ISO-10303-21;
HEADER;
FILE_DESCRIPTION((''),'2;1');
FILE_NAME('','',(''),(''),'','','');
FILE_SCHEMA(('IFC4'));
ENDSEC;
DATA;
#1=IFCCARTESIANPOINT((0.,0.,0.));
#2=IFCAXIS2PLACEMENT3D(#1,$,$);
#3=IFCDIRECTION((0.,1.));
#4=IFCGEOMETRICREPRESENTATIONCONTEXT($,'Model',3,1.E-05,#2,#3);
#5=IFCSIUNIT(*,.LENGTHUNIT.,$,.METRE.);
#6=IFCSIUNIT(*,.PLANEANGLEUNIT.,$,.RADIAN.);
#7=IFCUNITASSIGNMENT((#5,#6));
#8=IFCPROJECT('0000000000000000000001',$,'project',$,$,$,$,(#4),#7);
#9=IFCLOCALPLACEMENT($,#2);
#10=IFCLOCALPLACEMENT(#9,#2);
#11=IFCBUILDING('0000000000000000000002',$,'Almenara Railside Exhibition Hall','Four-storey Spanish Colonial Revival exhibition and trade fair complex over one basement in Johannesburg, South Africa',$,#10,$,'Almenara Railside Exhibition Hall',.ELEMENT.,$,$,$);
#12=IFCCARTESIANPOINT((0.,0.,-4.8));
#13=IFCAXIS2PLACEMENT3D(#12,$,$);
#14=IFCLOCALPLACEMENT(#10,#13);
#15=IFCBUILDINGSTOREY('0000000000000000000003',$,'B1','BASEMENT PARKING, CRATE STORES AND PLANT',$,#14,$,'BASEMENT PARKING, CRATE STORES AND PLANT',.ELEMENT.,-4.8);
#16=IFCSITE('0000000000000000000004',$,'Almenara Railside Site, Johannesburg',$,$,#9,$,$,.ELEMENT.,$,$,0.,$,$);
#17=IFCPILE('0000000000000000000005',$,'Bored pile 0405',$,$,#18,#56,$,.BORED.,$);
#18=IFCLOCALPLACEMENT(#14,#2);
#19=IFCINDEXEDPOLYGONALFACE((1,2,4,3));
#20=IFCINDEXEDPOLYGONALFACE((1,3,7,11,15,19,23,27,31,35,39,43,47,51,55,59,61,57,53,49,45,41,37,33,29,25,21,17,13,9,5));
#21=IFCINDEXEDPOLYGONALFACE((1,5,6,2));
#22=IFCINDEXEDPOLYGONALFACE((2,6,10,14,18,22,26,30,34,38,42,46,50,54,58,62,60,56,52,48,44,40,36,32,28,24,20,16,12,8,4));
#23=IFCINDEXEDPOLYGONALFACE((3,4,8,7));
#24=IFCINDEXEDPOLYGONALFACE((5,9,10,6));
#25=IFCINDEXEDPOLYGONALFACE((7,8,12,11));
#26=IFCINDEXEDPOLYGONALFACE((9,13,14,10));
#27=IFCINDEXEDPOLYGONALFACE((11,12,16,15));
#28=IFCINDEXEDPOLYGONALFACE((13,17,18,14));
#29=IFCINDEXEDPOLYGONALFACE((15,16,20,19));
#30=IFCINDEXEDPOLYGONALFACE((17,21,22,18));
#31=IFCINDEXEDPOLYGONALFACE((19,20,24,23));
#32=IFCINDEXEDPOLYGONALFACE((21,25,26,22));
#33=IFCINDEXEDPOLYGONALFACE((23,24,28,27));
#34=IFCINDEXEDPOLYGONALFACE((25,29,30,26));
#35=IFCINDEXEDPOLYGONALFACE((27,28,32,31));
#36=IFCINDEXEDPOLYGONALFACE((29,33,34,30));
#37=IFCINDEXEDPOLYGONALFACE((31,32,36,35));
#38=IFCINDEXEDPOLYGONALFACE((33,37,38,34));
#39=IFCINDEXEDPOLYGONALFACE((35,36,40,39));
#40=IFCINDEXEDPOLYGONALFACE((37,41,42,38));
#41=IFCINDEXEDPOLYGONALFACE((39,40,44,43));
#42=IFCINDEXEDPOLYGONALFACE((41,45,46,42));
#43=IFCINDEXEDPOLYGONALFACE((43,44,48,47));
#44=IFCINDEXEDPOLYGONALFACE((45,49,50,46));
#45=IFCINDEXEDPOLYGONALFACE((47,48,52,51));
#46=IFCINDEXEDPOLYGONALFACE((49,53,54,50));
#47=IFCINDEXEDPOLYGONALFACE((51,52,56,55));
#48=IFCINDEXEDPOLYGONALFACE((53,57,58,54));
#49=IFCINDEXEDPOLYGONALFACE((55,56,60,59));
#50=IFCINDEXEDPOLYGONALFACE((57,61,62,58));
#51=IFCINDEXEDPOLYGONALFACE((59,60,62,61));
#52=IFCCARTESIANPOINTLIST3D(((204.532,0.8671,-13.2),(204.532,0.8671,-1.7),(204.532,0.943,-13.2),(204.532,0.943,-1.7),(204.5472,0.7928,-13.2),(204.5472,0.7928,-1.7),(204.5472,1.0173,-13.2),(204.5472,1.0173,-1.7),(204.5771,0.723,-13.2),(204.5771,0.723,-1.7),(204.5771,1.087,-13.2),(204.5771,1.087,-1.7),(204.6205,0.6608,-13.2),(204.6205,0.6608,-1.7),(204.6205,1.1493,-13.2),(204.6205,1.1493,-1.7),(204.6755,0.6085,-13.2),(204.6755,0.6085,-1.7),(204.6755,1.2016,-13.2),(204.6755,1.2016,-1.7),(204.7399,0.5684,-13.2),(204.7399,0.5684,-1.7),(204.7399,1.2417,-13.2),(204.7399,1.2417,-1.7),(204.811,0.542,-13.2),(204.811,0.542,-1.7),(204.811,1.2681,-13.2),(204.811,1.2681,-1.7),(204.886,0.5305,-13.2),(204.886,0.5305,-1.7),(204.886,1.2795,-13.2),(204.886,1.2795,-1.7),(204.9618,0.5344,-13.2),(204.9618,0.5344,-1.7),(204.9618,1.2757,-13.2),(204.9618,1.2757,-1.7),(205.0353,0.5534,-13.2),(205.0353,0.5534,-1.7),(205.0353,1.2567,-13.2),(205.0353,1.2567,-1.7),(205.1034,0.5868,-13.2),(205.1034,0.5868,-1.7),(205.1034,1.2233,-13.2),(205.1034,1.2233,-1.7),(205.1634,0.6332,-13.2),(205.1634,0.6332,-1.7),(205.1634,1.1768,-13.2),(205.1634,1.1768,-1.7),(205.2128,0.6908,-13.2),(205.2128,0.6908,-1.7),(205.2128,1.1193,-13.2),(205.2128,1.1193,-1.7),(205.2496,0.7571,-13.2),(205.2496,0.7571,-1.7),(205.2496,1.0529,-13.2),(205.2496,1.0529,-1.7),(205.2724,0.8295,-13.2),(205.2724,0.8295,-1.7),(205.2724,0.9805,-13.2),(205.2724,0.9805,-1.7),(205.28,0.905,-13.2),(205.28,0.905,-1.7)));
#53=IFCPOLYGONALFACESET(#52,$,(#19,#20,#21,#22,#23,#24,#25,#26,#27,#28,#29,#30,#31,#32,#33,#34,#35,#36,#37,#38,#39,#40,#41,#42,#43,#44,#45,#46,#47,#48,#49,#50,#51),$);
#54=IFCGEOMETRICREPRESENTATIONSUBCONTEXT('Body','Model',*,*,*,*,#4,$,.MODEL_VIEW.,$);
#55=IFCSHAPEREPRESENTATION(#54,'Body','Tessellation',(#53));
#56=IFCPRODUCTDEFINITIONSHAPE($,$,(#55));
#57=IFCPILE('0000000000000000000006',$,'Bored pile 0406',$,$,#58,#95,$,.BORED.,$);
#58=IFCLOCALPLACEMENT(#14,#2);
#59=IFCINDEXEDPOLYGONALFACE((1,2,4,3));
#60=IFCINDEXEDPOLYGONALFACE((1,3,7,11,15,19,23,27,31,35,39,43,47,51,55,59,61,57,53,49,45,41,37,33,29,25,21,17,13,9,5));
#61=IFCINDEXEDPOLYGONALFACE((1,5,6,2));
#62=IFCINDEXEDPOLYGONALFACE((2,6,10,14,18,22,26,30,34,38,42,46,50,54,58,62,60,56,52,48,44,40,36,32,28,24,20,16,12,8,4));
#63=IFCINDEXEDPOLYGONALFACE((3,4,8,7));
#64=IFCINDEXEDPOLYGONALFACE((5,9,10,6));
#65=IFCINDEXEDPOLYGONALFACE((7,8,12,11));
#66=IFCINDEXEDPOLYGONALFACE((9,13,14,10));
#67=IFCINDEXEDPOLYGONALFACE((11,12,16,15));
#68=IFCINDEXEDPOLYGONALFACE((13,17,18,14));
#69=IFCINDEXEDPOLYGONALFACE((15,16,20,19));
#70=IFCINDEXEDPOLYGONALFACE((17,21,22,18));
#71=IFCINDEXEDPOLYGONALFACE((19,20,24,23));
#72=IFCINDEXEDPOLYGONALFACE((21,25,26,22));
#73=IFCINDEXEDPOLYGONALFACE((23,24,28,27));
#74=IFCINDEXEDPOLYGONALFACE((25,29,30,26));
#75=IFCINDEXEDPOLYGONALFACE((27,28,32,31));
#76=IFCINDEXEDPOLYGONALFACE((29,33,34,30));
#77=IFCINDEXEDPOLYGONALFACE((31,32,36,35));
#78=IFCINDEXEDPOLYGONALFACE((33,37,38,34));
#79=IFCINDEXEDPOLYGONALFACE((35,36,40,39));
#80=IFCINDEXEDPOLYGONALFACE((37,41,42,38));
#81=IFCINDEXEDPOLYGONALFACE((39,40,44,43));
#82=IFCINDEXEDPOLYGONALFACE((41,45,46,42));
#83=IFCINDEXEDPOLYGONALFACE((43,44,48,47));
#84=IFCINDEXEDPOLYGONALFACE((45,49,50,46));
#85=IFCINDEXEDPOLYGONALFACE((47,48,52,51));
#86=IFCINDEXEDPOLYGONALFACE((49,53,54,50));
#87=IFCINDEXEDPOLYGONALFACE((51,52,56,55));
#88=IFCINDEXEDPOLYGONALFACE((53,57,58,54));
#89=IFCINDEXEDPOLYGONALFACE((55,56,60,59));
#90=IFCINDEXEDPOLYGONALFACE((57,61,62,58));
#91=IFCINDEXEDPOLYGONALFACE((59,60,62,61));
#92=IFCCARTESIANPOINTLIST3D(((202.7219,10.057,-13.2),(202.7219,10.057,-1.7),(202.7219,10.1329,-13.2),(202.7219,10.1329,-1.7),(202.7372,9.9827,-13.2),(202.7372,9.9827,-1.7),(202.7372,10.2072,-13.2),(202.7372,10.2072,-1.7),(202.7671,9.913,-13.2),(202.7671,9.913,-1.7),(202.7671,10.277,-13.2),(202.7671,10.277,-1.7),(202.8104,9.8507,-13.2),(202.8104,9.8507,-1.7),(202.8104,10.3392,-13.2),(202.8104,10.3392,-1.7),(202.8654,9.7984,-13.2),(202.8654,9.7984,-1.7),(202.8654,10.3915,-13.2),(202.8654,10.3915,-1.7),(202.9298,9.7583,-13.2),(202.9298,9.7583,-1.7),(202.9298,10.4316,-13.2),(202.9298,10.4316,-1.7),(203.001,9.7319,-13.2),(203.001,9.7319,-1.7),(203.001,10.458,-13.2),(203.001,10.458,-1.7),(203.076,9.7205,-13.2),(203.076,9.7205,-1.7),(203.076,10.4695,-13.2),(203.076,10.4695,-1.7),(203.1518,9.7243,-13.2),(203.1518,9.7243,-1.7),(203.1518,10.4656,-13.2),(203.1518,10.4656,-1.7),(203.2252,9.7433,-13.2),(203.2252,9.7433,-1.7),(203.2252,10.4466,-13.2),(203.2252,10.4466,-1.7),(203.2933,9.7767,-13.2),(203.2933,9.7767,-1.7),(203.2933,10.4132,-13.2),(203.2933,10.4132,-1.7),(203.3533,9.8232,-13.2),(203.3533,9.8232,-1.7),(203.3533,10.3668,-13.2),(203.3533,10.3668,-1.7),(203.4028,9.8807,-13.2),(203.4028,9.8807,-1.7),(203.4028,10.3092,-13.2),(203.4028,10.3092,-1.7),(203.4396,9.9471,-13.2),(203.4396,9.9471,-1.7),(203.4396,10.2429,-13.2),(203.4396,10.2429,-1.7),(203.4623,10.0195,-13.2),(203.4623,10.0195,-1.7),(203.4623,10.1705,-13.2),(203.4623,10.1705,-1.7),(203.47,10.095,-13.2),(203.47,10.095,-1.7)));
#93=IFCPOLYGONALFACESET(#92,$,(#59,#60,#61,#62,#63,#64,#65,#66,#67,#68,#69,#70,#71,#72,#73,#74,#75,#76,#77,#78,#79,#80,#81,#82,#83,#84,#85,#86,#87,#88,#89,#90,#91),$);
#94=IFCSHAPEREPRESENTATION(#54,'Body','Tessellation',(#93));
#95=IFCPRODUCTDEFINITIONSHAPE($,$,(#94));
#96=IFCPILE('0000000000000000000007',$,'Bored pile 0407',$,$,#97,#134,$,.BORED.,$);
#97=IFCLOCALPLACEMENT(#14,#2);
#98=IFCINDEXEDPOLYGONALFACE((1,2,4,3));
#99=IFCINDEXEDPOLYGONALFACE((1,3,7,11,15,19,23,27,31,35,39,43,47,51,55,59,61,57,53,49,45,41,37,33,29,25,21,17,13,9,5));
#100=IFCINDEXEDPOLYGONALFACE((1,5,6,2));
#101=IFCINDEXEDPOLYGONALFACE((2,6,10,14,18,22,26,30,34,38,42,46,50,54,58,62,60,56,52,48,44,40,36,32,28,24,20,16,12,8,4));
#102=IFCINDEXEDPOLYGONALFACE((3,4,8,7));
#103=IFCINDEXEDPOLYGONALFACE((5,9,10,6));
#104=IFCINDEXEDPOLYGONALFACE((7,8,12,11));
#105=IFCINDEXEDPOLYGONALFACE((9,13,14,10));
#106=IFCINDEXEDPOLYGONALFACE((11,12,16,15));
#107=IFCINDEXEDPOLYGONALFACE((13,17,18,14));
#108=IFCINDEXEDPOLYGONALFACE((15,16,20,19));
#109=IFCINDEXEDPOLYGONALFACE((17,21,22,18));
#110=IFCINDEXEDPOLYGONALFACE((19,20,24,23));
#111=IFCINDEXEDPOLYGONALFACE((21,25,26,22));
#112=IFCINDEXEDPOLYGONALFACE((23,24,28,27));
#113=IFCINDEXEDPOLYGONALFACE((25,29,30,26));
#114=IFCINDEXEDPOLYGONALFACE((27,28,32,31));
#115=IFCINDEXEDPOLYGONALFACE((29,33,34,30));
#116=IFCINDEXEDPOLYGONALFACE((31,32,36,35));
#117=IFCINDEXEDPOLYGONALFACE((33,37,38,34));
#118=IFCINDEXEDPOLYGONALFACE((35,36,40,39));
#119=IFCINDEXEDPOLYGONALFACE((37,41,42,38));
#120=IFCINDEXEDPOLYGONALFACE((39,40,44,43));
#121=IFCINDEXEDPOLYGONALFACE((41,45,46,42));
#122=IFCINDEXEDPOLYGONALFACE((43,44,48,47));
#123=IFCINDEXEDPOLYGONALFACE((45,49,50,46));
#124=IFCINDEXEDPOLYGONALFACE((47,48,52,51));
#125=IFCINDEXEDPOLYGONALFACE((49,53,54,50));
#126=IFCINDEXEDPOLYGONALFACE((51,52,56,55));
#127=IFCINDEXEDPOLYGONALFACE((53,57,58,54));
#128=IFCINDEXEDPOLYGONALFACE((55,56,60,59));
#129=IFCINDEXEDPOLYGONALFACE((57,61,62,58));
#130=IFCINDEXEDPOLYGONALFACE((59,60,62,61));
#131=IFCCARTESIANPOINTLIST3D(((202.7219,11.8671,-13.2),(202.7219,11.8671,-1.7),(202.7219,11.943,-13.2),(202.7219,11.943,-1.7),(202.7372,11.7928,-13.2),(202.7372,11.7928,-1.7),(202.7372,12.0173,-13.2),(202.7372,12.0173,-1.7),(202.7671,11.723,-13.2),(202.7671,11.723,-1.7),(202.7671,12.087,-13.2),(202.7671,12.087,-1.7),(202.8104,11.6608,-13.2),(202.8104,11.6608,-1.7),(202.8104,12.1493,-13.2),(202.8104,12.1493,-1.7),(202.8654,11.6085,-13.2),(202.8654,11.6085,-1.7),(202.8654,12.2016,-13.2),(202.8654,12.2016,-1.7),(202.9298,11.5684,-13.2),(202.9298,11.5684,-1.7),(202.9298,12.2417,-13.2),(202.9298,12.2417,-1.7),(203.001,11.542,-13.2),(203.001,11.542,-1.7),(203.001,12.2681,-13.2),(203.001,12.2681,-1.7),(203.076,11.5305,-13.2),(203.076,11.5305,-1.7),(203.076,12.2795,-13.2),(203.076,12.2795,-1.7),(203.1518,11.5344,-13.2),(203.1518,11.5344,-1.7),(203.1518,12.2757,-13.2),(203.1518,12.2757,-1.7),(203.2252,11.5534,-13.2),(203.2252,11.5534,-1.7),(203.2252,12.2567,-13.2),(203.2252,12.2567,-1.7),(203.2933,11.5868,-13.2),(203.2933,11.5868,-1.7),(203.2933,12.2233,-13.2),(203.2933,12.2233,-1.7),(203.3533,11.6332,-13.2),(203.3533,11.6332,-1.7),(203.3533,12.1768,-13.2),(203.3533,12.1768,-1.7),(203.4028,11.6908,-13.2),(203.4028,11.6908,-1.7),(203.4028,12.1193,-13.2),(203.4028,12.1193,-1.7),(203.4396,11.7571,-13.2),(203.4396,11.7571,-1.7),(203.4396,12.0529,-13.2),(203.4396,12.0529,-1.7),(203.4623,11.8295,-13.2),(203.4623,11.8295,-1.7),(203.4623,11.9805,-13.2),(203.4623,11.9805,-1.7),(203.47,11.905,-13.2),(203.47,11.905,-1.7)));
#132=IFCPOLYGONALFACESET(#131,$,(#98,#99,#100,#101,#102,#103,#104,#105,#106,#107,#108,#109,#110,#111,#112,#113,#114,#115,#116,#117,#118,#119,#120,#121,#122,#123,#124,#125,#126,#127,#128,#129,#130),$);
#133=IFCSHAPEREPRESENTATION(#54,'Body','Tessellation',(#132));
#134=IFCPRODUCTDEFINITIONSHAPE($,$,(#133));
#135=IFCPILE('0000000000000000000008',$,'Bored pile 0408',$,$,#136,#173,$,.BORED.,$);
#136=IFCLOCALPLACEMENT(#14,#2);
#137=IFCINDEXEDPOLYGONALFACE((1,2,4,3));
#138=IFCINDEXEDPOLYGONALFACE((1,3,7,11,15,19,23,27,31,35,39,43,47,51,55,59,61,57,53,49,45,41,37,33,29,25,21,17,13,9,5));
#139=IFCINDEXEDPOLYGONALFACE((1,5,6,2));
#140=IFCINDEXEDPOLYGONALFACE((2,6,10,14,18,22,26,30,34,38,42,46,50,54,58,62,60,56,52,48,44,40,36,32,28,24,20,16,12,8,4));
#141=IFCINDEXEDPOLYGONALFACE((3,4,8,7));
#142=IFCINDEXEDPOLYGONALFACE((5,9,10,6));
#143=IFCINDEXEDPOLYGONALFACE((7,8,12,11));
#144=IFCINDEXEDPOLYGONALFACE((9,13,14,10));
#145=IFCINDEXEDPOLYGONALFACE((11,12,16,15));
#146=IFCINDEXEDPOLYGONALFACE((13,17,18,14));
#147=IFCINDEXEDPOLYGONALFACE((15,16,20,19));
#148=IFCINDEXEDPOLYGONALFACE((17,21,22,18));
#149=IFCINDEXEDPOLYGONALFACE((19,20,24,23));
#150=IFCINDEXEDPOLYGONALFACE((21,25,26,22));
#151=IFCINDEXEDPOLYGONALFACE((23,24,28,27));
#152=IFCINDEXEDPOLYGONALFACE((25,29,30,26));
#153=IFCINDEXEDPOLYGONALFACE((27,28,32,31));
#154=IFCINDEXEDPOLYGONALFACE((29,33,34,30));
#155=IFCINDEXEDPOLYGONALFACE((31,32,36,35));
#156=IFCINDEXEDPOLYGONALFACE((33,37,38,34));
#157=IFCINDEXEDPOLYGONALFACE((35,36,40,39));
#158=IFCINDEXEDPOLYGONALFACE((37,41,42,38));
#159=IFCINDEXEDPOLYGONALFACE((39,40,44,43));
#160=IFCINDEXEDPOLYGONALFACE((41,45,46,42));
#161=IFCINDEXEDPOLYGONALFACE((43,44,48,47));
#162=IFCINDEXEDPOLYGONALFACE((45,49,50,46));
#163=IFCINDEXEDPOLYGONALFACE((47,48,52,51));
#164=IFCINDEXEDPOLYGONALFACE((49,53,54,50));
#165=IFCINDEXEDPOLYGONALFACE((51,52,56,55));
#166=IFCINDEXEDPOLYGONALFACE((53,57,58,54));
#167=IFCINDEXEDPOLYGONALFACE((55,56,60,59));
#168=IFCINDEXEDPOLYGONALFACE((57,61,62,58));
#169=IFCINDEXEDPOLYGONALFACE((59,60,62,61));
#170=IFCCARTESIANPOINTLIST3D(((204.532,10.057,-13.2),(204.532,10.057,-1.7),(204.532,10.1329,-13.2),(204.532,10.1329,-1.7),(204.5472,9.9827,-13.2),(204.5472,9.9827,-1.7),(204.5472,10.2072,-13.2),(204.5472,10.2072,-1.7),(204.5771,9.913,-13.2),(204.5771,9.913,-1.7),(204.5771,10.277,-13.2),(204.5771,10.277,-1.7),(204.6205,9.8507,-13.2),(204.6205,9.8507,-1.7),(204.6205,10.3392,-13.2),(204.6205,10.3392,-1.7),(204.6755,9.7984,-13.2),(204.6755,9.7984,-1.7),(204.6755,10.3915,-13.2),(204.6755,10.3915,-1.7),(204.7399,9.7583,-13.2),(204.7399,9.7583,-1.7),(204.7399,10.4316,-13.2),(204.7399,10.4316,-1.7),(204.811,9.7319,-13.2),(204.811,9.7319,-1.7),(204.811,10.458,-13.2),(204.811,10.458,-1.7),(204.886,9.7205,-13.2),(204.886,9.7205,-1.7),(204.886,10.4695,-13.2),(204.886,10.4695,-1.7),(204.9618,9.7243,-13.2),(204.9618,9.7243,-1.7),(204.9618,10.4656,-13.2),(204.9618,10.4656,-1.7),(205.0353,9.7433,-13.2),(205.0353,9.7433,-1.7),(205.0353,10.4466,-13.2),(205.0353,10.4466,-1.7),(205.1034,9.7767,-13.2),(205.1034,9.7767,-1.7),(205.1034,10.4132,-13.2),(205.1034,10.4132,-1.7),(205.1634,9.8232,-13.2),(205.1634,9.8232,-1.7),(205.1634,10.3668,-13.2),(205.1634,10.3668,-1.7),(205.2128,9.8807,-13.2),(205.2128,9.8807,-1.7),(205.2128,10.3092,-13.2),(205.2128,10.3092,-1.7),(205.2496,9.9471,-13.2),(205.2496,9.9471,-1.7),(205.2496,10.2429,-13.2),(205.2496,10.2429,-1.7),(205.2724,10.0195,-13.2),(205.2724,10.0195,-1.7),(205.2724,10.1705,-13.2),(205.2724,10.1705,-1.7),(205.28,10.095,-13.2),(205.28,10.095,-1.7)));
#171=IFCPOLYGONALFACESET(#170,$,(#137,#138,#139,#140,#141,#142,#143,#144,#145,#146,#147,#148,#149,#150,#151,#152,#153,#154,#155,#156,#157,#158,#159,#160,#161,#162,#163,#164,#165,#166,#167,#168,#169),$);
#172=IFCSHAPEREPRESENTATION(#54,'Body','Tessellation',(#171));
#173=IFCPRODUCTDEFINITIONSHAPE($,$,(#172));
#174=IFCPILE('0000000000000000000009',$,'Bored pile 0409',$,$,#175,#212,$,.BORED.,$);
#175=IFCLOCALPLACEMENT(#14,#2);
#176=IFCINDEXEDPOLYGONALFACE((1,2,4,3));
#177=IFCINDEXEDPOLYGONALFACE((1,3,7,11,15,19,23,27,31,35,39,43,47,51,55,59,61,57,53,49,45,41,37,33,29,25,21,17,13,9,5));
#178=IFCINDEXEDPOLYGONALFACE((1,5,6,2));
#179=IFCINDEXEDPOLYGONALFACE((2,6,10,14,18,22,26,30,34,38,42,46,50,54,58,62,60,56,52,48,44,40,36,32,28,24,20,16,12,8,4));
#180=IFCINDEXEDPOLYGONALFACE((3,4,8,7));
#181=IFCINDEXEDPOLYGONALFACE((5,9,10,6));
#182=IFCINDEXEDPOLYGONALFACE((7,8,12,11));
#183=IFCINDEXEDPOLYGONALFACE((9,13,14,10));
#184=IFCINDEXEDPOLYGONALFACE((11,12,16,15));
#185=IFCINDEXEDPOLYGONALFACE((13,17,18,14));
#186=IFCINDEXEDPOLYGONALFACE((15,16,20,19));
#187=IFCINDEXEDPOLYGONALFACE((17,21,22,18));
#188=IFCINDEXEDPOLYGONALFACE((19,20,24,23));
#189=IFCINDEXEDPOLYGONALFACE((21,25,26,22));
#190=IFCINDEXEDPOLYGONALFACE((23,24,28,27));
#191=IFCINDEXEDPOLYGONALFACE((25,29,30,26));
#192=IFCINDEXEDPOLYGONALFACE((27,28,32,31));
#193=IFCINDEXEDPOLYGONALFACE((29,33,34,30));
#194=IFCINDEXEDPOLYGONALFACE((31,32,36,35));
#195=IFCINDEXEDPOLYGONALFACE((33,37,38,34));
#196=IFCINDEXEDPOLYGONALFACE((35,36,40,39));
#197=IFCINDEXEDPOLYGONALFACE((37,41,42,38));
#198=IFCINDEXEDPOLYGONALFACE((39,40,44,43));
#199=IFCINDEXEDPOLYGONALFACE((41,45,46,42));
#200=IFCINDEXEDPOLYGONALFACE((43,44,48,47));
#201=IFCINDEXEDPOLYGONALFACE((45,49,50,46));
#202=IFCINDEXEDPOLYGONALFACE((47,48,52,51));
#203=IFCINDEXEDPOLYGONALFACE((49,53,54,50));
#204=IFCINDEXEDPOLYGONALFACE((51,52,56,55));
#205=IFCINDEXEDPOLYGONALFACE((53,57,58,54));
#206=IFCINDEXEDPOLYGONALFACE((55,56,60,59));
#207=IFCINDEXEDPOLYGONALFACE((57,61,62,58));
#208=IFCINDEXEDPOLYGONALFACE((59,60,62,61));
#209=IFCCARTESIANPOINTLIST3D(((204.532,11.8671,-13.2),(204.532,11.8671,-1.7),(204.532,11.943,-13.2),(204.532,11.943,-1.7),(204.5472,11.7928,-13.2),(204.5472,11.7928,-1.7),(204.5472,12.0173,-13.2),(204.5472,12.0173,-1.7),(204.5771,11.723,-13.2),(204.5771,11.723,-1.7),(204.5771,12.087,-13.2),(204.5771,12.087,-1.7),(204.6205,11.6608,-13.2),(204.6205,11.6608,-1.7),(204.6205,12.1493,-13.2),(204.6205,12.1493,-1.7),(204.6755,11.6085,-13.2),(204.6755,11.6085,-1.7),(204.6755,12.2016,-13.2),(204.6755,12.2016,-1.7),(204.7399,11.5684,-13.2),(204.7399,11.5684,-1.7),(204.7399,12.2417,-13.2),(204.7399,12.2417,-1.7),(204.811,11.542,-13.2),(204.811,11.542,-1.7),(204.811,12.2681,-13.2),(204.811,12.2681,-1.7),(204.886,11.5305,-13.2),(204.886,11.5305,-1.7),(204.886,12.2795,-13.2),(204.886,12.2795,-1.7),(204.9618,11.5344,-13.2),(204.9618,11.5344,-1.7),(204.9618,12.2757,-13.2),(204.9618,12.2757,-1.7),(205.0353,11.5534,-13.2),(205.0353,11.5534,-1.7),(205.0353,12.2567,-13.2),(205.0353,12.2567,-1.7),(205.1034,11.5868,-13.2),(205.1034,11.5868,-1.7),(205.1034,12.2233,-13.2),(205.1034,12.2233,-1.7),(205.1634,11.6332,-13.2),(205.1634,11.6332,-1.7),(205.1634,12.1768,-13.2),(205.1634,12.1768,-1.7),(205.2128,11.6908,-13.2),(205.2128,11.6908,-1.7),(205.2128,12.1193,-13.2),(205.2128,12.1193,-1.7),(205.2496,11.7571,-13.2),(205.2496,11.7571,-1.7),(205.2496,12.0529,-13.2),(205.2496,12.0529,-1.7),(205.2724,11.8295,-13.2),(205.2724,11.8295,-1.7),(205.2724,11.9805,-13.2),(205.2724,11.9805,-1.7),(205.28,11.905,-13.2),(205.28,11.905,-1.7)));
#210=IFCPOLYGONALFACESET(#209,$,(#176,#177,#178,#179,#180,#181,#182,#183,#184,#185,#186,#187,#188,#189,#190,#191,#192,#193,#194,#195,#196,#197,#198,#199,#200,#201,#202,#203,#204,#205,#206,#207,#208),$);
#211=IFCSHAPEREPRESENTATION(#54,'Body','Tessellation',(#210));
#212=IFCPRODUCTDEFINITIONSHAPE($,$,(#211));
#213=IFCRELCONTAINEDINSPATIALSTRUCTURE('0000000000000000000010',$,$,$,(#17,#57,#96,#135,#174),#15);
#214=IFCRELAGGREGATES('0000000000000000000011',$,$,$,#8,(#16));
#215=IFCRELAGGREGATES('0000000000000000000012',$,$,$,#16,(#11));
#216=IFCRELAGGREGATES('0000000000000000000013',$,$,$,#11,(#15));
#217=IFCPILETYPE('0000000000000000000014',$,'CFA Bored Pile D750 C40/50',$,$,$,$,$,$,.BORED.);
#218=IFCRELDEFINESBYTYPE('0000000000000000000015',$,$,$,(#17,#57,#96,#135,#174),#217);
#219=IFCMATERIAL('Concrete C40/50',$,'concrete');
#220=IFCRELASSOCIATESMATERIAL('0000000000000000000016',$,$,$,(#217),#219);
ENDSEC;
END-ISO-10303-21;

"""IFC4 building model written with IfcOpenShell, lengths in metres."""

from ifc_helpers import new_model, si_unit, direction, frame, origin, origin_2d, place, context, subcontext, project, spatial, circle, extrude, material, material_profile, profile_set, type_object, element, save


model = new_model("IFC4")

# Units and contexts
model_context = context("Model", 3, precision=1e-05, world=origin(), true_north=direction((0.0, 1.0)))
body_context = subcontext(model_context, "Body", "Model", "MODEL_VIEW")
ifc_project = project(units=[si_unit("LENGTHUNIT", "METRE"), si_unit("PLANEANGLEUNIT", "RADIAN")], contexts=[model_context])

# Site, building, storey
site_placement = place(None, origin())
site = spatial("IfcSite", under=ifc_project, at=site_placement, Name="Almenara Railside Site, Johannesburg", CompositionType="ELEMENT", RefElevation=0.0)
building_placement = place(site_placement, origin())
building = spatial("IfcBuilding", under=site, at=building_placement, Name="Almenara Railside Exhibition Hall", Description="Four-storey Spanish Colonial Revival exhibition and trade fair complex over one basement in Johannesburg, South Africa", LongName="Almenara Railside Exhibition Hall", CompositionType="ELEMENT")
storey_placement = place(building_placement, frame((0.0, 0.0, -4.8)))
storey = spatial("IfcBuildingStorey", under=building, at=storey_placement, Name="B1", Description="BASEMENT PARKING, CRATE STORES AND PLANT", LongName="BASEMENT PARKING, CRATE STORES AND PLANT", CompositionType="ELEMENT", Elevation=-4.8)

# Piles
ifc_material_1 = material(Name="Concrete C40/50", Category="concrete")
ifc_material_profile_1 = material_profile(ifc_material_1, circle(Radius=0.375, at=origin_2d()), Name="CFA-PILE D750")
ifc_profile_set_1 = profile_set([ifc_material_profile_1], Name="Concrete C40/50")
pile_type = type_object("IfcPileType", Name="CFA Bored Pile D750 C40/50", PredefinedType="BORED", material=ifc_profile_set_1)
for number, where, z_axis, x_axis, name in (
    (1, (204.905, 0.905, -1.7), (0.0, 0.0, -1.0), (1.0, 0.0, 0.0), "Bored pile 0405"),
    (2, (203.095, 10.095, -1.7), (0.0, 0.0, -1.0), (1.0, 0.0, 0.0), "Bored pile 0406"),
    (3, (203.095, 11.905, -1.7), (0.0, 0.0, -1.0), (1.0, 0.0, 0.0), "Bored pile 0407"),
    (4, (204.905, 10.095, -1.7), (0.0, 0.0, -1.0), (1.0, 0.0, 0.0), "Bored pile 0408"),
    (5, (204.905, 11.905, -1.7), (0.0, 0.0, -1.0), (1.0, 0.0, 0.0), "Bored pile 0409"),
):
    element("IfcPile", number, at=place(storey_placement, frame(where, z_axis=z_axis, x_axis=x_axis)), inside=storey, type_object=pile_type, Name=name, PredefinedType="BORED", context=body_context, shape_type="SweptSolid", body=[
        extrude(circle(Radius=0.375, at=origin_2d()), origin(), (0.0, 0.0, 1.0), 11.5),
    ])

save(model, "model.ifc")
